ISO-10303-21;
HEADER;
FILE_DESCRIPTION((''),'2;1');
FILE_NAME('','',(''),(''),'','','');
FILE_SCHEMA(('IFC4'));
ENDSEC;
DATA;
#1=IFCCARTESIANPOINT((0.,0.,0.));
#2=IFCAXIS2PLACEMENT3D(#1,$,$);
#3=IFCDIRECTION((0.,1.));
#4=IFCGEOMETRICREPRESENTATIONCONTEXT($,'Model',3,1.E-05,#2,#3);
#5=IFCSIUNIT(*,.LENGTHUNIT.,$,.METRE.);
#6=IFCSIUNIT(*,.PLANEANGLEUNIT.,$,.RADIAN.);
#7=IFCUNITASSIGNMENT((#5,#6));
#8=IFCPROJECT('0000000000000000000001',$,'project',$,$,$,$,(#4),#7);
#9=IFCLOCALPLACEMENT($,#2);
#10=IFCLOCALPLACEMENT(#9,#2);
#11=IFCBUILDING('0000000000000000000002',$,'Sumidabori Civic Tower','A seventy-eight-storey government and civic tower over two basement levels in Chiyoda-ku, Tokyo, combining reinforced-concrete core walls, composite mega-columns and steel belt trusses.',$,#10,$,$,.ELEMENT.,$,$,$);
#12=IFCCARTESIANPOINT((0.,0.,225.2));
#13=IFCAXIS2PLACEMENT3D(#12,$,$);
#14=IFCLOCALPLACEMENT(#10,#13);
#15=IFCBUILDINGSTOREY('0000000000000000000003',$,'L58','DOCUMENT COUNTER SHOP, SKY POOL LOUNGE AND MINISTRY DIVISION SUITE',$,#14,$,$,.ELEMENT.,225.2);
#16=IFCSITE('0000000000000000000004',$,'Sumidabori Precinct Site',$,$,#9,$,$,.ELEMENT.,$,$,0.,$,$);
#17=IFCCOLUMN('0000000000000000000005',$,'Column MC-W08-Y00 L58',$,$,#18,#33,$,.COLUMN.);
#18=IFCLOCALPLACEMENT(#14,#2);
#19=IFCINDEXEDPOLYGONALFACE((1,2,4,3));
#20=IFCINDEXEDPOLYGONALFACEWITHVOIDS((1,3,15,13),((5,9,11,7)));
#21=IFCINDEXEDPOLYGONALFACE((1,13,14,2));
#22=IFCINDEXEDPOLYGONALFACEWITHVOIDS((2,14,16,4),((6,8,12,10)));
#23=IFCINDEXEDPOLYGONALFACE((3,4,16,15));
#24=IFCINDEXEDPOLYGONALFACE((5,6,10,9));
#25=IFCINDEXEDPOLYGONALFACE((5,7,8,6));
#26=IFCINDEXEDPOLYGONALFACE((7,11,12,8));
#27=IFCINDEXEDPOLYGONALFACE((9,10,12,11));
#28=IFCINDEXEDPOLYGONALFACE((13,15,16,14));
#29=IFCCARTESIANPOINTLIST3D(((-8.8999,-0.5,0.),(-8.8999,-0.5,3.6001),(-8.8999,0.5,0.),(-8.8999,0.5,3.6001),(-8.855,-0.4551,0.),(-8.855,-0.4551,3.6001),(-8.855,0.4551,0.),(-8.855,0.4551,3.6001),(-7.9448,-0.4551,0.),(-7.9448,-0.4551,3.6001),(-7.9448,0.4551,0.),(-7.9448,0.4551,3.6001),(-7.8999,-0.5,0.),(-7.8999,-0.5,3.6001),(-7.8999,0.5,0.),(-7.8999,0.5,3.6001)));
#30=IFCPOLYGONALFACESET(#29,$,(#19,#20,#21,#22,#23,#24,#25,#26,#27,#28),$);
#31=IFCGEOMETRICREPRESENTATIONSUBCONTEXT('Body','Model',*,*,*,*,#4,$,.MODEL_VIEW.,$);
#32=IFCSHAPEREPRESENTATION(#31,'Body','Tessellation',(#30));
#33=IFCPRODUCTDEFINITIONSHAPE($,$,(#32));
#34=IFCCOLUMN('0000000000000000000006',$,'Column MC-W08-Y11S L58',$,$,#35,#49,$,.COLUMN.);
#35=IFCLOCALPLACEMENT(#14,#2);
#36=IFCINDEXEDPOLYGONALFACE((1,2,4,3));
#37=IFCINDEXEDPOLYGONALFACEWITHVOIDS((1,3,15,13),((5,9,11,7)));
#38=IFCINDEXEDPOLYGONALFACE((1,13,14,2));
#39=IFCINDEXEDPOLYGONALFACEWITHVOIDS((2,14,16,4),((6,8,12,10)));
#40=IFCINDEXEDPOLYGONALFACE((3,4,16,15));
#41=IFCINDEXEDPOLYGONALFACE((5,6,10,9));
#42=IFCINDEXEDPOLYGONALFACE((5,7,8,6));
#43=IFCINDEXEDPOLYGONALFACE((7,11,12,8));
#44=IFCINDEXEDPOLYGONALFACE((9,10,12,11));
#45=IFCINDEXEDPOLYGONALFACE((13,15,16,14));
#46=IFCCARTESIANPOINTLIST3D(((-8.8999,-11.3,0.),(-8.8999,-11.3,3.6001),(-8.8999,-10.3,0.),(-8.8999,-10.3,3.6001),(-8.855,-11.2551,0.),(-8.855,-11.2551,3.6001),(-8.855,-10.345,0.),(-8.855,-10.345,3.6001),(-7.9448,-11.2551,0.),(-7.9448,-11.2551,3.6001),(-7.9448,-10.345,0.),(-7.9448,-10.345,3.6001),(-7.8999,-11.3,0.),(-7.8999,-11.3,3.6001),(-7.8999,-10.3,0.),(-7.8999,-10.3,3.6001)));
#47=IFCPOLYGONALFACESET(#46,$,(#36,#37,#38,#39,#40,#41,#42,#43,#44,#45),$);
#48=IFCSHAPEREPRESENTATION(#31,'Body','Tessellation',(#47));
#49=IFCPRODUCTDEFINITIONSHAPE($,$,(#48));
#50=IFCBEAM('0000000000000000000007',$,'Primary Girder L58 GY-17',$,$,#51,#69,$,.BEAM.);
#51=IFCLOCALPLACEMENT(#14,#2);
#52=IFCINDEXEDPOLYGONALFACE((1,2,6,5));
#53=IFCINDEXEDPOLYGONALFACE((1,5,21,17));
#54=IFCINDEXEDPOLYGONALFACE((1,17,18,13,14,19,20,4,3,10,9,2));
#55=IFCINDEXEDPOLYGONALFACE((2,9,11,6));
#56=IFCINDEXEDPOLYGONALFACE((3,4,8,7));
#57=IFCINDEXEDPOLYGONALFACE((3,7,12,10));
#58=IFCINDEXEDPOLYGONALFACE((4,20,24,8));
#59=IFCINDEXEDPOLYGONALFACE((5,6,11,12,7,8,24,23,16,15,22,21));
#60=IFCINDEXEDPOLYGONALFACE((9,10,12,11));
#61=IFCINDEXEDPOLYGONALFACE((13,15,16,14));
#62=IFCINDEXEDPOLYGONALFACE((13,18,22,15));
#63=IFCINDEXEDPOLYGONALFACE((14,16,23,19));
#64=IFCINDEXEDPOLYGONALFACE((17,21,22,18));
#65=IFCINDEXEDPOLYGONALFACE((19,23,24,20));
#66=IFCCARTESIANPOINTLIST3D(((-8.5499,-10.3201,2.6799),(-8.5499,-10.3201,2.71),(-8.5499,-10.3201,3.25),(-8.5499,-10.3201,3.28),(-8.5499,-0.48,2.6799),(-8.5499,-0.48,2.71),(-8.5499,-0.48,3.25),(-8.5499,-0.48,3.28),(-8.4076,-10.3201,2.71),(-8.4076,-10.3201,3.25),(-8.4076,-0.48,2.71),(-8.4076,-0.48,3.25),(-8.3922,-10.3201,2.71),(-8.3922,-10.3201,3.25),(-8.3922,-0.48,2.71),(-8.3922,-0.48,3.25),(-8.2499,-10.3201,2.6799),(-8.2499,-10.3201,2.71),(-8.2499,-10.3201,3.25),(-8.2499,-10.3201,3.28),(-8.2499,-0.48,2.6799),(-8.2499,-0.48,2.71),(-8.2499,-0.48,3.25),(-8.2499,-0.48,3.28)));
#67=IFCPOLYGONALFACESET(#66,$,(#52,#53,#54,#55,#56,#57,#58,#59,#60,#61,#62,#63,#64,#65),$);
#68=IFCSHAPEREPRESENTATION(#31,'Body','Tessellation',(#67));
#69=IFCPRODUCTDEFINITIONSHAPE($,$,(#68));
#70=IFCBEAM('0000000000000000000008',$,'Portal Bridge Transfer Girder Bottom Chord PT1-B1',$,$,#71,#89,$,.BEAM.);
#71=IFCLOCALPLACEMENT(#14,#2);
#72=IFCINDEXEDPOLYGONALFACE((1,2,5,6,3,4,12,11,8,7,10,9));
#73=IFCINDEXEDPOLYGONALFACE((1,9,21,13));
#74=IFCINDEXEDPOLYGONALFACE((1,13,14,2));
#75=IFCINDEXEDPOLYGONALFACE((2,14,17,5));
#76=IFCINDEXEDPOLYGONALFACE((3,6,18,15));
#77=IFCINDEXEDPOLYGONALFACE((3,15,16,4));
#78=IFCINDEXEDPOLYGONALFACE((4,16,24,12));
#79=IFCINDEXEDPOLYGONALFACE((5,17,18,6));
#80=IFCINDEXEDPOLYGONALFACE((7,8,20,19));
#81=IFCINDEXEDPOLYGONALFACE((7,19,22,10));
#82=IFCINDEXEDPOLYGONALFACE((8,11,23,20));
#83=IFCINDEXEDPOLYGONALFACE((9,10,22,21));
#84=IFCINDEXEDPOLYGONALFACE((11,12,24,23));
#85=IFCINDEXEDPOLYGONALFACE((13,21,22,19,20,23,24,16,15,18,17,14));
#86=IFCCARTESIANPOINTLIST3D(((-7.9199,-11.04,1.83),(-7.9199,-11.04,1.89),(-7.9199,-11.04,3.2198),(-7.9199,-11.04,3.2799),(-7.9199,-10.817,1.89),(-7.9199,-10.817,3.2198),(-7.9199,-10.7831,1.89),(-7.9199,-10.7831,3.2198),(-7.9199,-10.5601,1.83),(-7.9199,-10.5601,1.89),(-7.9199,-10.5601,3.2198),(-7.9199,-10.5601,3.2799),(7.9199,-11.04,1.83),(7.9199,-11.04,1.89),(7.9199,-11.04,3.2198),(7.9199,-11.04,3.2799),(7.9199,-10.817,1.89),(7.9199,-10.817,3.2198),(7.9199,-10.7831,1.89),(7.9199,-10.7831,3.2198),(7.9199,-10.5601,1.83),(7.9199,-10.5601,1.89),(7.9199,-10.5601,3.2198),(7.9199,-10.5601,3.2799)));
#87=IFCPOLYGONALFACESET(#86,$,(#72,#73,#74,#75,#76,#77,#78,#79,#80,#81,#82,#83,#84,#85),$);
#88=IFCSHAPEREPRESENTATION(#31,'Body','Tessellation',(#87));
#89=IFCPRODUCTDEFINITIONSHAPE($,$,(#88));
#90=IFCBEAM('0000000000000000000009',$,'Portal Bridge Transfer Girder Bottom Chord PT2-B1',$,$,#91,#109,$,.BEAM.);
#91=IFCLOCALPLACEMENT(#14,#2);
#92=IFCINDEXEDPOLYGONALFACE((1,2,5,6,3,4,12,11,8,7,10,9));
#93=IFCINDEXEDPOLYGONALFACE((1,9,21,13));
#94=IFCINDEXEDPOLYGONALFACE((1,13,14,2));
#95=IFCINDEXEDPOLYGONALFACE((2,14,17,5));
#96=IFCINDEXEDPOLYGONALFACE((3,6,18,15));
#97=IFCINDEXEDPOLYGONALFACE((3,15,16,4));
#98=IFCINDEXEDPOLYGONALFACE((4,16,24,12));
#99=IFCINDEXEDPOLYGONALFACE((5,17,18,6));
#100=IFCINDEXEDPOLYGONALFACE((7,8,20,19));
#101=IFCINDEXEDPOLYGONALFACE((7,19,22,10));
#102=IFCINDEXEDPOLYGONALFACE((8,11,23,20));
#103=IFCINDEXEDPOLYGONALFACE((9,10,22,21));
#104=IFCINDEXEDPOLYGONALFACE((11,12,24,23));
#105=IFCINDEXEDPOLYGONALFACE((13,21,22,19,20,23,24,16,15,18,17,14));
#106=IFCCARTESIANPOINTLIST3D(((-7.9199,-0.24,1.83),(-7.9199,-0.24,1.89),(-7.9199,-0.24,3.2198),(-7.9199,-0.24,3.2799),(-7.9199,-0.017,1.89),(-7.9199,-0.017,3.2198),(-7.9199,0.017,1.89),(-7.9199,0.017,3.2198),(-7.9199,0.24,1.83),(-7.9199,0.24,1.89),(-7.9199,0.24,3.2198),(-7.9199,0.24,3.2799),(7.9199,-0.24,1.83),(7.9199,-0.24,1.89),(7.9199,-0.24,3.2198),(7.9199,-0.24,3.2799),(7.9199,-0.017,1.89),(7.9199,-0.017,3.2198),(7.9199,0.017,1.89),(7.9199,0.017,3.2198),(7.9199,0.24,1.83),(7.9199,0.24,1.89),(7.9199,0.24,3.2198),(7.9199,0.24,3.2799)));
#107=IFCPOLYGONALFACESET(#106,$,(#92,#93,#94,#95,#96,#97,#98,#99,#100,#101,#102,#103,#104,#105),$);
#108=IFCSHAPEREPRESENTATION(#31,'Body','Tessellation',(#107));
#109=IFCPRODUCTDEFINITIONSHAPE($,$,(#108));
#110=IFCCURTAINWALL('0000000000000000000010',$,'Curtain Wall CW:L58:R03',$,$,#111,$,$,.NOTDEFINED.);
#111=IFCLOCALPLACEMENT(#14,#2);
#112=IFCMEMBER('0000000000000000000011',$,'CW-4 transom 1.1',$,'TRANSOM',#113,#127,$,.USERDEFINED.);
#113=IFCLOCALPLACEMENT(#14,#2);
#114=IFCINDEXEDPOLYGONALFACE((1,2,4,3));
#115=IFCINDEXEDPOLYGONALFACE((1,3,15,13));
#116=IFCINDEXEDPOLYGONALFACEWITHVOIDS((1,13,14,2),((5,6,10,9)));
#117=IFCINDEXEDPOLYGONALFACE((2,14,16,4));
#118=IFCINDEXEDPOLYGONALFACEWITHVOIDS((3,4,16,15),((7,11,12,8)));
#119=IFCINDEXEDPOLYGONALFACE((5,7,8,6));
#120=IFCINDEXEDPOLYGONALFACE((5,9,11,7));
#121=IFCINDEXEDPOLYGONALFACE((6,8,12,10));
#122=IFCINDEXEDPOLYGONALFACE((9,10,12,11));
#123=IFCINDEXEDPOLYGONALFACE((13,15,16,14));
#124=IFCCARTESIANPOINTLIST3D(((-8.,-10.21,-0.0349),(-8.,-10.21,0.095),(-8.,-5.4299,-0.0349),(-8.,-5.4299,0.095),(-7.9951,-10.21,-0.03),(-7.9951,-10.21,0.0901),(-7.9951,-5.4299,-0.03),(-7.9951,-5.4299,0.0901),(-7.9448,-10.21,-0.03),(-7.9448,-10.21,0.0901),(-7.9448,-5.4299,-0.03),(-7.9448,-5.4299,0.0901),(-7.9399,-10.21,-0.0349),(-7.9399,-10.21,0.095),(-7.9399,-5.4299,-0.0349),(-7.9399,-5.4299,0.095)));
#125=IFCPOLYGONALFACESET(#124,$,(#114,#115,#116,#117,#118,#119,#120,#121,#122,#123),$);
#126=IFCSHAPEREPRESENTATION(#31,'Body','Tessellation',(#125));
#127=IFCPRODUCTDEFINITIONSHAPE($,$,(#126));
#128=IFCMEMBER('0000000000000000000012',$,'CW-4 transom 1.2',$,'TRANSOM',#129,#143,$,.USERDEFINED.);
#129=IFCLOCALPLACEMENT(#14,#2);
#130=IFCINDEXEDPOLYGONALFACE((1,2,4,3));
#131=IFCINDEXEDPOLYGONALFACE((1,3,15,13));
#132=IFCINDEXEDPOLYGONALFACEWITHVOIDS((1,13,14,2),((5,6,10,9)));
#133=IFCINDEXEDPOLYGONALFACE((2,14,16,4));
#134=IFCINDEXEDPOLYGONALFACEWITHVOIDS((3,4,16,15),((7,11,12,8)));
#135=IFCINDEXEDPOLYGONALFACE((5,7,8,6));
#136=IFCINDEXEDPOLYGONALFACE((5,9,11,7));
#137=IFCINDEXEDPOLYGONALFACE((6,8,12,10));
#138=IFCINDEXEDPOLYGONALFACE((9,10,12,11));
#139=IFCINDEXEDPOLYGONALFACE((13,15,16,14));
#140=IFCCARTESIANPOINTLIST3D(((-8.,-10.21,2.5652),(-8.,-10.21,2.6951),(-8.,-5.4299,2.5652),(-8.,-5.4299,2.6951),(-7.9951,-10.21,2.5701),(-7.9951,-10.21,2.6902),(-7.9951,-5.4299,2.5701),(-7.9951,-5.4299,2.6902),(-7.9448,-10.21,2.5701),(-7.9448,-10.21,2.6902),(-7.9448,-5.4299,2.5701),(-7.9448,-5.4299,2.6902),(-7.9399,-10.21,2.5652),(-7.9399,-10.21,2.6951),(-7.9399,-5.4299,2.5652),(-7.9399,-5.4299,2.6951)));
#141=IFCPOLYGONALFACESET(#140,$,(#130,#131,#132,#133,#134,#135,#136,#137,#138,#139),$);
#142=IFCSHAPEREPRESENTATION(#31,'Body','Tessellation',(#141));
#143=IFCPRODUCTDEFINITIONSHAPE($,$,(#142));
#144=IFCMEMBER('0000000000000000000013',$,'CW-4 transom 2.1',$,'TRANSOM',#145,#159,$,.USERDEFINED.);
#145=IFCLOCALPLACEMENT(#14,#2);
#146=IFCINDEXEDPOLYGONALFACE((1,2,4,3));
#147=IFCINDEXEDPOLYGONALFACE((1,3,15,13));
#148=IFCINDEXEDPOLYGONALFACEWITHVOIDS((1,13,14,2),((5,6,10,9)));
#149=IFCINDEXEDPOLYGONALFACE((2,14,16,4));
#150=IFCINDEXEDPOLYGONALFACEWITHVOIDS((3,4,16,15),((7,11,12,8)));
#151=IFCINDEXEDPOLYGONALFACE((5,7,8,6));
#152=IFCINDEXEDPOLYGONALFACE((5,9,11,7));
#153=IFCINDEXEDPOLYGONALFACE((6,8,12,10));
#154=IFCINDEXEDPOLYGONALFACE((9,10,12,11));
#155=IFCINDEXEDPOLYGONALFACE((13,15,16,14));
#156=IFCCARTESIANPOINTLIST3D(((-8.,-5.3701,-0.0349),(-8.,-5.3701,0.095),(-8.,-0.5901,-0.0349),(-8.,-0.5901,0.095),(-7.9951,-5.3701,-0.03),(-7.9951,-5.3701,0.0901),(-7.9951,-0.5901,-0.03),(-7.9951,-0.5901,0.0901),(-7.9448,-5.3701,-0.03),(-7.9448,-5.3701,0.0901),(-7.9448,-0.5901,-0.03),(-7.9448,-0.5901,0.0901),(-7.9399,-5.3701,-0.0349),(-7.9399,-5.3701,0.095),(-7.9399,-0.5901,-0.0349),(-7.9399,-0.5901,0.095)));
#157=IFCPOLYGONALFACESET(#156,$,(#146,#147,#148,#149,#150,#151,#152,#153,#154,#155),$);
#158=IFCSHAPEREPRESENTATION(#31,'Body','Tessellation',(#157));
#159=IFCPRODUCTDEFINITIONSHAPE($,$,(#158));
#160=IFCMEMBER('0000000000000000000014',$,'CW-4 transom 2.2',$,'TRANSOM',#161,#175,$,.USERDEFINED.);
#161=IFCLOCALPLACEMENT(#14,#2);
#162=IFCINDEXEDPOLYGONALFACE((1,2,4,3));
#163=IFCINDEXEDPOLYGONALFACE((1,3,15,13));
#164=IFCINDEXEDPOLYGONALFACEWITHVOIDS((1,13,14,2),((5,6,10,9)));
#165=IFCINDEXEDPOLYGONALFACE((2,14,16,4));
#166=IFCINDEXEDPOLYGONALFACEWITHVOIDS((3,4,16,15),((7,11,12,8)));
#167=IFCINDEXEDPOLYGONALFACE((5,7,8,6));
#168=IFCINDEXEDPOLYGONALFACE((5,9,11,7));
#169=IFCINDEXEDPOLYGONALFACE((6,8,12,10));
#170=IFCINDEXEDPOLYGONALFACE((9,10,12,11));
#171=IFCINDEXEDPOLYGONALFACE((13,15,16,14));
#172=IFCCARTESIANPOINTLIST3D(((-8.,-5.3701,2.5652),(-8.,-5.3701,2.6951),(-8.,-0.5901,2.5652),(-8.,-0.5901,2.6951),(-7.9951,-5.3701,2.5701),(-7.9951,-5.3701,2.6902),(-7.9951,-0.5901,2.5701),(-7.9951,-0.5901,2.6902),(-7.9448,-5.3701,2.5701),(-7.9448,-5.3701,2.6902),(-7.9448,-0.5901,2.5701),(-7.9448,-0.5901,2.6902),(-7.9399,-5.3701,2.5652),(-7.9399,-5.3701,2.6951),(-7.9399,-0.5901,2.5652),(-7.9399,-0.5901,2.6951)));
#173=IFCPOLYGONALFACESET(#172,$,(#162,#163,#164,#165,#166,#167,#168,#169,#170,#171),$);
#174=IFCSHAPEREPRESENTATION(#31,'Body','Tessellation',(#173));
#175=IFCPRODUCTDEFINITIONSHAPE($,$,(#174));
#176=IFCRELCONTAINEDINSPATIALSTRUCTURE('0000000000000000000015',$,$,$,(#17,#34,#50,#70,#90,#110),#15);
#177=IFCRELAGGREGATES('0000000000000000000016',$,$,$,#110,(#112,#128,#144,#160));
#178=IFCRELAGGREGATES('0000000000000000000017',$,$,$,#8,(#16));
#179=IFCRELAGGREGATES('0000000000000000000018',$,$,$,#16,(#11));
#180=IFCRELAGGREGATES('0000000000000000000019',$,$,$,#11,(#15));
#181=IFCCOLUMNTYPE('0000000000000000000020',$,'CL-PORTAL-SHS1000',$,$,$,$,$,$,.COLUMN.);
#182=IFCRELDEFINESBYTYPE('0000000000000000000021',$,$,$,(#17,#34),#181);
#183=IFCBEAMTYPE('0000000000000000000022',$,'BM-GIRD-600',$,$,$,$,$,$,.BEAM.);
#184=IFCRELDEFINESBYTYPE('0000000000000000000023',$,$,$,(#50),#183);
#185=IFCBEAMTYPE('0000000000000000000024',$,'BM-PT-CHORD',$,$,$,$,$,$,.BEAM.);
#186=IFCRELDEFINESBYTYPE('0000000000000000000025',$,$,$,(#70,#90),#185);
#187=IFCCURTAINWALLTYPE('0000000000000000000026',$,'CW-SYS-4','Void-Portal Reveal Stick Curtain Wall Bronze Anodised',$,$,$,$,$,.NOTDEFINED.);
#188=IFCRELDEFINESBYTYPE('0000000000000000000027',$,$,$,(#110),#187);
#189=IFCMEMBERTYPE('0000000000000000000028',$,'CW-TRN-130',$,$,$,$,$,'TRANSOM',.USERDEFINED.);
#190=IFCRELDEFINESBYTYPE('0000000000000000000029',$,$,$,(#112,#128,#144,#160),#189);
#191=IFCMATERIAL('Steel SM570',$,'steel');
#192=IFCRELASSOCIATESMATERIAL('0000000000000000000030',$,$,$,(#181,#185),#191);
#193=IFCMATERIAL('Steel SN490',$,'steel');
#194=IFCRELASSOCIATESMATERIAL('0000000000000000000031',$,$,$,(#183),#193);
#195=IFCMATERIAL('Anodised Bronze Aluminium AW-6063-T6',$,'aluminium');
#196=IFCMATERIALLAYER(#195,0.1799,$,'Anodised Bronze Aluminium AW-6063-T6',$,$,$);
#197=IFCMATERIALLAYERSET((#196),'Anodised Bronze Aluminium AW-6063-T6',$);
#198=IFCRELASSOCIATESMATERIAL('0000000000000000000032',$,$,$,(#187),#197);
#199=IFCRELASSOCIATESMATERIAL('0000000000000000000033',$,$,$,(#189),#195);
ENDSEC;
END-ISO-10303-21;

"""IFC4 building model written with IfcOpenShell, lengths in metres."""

from ifc_helpers import new_model, si_unit, direction, frame, origin, origin_2d, place, context, subcontext, project, spatial, hollow_rectangle, i_section, extrude, source, transform, mapped, material, layer, layer_set, material_profile, profile_set, type_object, element, aggregate, save


model = new_model("IFC4")

# Units and contexts
model_context = context("Model", 3, precision=1e-05, world=origin(), true_north=direction((0.0, 1.0)))
body_context = subcontext(model_context, "Body", "Model", "MODEL_VIEW")
ifc_project = project(units=[si_unit("LENGTHUNIT", "METRE"), si_unit("PLANEANGLEUNIT", "RADIAN")], contexts=[model_context])

# Site, building, storey
site_placement = place(None, origin())
site = spatial("IfcSite", under=ifc_project, at=site_placement, Name="Sumidabori Precinct Site", CompositionType="ELEMENT", RefElevation=0.0)
building_placement = place(site_placement, origin())
building = spatial("IfcBuilding", under=site, at=building_placement, Name="Sumidabori Civic Tower", Description="A seventy-eight-storey government and civic tower over two basement levels in Chiyoda-ku, Tokyo, combining reinforced-concrete core walls, composite mega-columns and steel belt trusses.", CompositionType="ELEMENT")
storey_placement = place(building_placement, frame((0.0, 0.0, 225.2)))
storey = spatial("IfcBuildingStorey", under=building, at=storey_placement, Name="L58", Description="DOCUMENT COUNTER SHOP, SKY POOL LOUNGE AND MINISTRY DIVISION SUITE", CompositionType="ELEMENT", Elevation=225.2)

# Columns
ifc_material_1 = material(Name="Steel SM570", Category="steel")
ifc_material_profile_1 = material_profile(ifc_material_1, hollow_rectangle(XDim=1.0, YDim=1.0, WallThickness=0.0449, at=origin_2d()), Name="SHS 1000x1000x45")
ifc_profile_set_1 = profile_set([ifc_material_profile_1], Name="Steel SM570")
column_type = type_object("IfcColumnType", Name="CL-PORTAL-SHS1000", PredefinedType="COLUMN", material=ifc_profile_set_1)
shared_shape_1 = source(origin(), body_context, "Body", "SweptSolid", [
    extrude(hollow_rectangle(XDim=1.0, YDim=1.0, WallThickness=0.0449, at=origin_2d()), origin(), (0.0, 0.0, 1.0), 3.6001),
])
for number, where, z_axis, x_axis, name in (
    (1, (-8.3999, 0.0, 0.0), (0.0, 0.0, 1.0), (1.0, 0.0, 0.0), "Column MC-W08-Y00 L58"),
    (2, (-8.3999, -10.8, 0.0), (0.0, 0.0, 1.0), (1.0, 0.0, 0.0), "Column MC-W08-Y11S L58"),
):
    element("IfcColumn", number, at=place(storey_placement, frame(where, z_axis=z_axis, x_axis=x_axis)), inside=storey, type_object=column_type, Name=name, PredefinedType="COLUMN", context=body_context, shape_type="MappedRepresentation", body=[
        mapped(shared_shape_1, transform((0.0, 0.0, 0.0), x_axis=(1.0, 0.0, 0.0), y_axis=(0.0, 1.0, 0.0), z_axis=(0.0, 0.0, 1.0), scale=1.0)),
    ])

# Beams
ifc_material_2 = material(Name="Steel SN490", Category="steel")
ifc_material_profile_2 = material_profile(ifc_material_2, i_section(OverallWidth=0.3, OverallDepth=0.6001, WebThickness=0.0154, FlangeThickness=0.03, at=origin_2d()), Name="HE 600 B")
ifc_profile_set_2 = profile_set([ifc_material_profile_2], Name="Steel SN490")
beam_type_1 = type_object("IfcBeamType", Name="BM-GIRD-600", PredefinedType="BEAM", material=ifc_profile_set_2)
shared_shape_2 = source(origin(), body_context, "Body", "SweptSolid", [
    extrude(i_section(OverallWidth=0.3, OverallDepth=0.6001, WebThickness=0.0154, FlangeThickness=0.03, at=origin_2d()), origin(), (0.0, 0.0, 1.0), 9.8401),
])
beam_placement = place(storey_placement, frame((-8.3999, -10.3201, 2.98), z_axis=(0.0, 1.0, 0.0), x_axis=(-1.0, 0.0, 0.0)))
element("IfcBeam", 3, at=beam_placement, inside=storey, type_object=beam_type_1, Name="Primary Girder L58 GY-17", PredefinedType="BEAM", context=body_context, shape_type="MappedRepresentation", body=[
    mapped(shared_shape_2, transform((0.0, 0.0, 0.0), x_axis=(1.0, 0.0, 0.0), y_axis=(0.0, 1.0, 0.0), z_axis=(0.0, 0.0, 1.0), scale=1.0)),
])
ifc_material_profile_3 = material_profile(ifc_material_1, i_section(OverallWidth=0.48, OverallDepth=1.45, WebThickness=0.0339, FlangeThickness=0.0601, at=origin_2d()), Name="WTG 1450x480")
ifc_profile_set_3 = profile_set([ifc_material_profile_3], Name="Steel SM570")
beam_type_2 = type_object("IfcBeamType", Name="BM-PT-CHORD", PredefinedType="BEAM", material=ifc_profile_set_3)
shared_shape_3 = source(origin(), body_context, "Body", "SweptSolid", [
    extrude(i_section(OverallWidth=0.48, OverallDepth=1.45, WebThickness=0.0339, FlangeThickness=0.0601, at=origin_2d()), origin(), (0.0, 0.0, 1.0), 15.8398),
])
for number, where, z_axis, x_axis, name in (
    (4, (-7.9199, -10.8, 2.5549), (1.0, 0.0, 0.0), (0.0, 1.0, 0.0), "Portal Bridge Transfer Girder Bottom Chord PT1-B1"),
    (5, (-7.9199, 0.0, 2.5549), (1.0, 0.0, 0.0), (0.0, 1.0, 0.0), "Portal Bridge Transfer Girder Bottom Chord PT2-B1"),
):
    element("IfcBeam", number, at=place(storey_placement, frame(where, z_axis=z_axis, x_axis=x_axis)), inside=storey, type_object=beam_type_2, Name=name, PredefinedType="BEAM", context=body_context, shape_type="MappedRepresentation", body=[
        mapped(shared_shape_3, transform((0.0, 0.0, 0.0), x_axis=(1.0, 0.0, 0.0), y_axis=(0.0, 1.0, 0.0), z_axis=(0.0, 0.0, 1.0), scale=1.0)),
    ])

# Curtain wall, members
ifc_material_3 = material(Name="Anodised Bronze Aluminium AW-6063-T6", Category="aluminium")
ifc_layer_1 = layer(ifc_material_3, 0.1799, Name="Anodised Bronze Aluminium AW-6063-T6")
ifc_layer_set_1 = layer_set([ifc_layer_1], Name="Anodised Bronze Aluminium AW-6063-T6")
curtain_wall_type_1 = type_object("IfcCurtainWallType", Name="CW-SYS-4", Description="Void-Portal Reveal Stick Curtain Wall Bronze Anodised", PredefinedType="NOTDEFINED", material=ifc_layer_set_1)
curtain_wall_1_placement = place(storey_placement, origin())
curtain_wall_1 = element("IfcCurtainWall", 6, at=curtain_wall_1_placement, inside=storey, type_object=curtain_wall_type_1, Name="Curtain Wall CW:L58:R03", PredefinedType="NOTDEFINED")
ifc_material_profile_4 = material_profile(ifc_material_3, hollow_rectangle(XDim=0.0601, YDim=0.1299, WallThickness=0.0049, at=origin_2d()), Name="ALU TRANSOM 130x60")
ifc_profile_set_4 = profile_set([ifc_material_profile_4], Name="Anodised Bronze Aluminium AW-6063-T6")
member_type_1 = type_object("IfcMemberType", Name="CW-TRN-130", ElementType="TRANSOM", PredefinedType="USERDEFINED", material=ifc_profile_set_4)
shared_shape_4 = source(origin(), body_context, "Body", "SweptSolid", [
    extrude(hollow_rectangle(XDim=0.0601, YDim=0.1299, WallThickness=0.0049, at=origin_2d()), origin(), (0.0, 0.0, 1.0), 4.78),
])
member_1_placement = place(storey_placement, frame((-7.97, -10.21, 0.03), z_axis=(0.0, 1.0, 0.0), x_axis=(-1.0, 0.0, 0.0)))
member_1 = element("IfcMember", 7, at=member_1_placement, type_object=member_type_1, Name="CW-4 transom 1.1", ObjectType="TRANSOM", PredefinedType="USERDEFINED", context=body_context, shape_type="MappedRepresentation", body=[
    mapped(shared_shape_4, transform((0.0, 0.0, 0.0), x_axis=(1.0, 0.0, 0.0), y_axis=(0.0, 1.0, 0.0), z_axis=(0.0, 0.0, 1.0), scale=1.0)),
])
member_2_placement = place(storey_placement, frame((-7.97, -10.21, 2.6301), z_axis=(0.0, 1.0, 0.0), x_axis=(-1.0, 0.0, 0.0)))
member_2 = element("IfcMember", 8, at=member_2_placement, type_object=member_type_1, Name="CW-4 transom 1.2", ObjectType="TRANSOM", PredefinedType="USERDEFINED", context=body_context, shape_type="MappedRepresentation", body=[
    mapped(shared_shape_4, transform((0.0, 0.0, 0.0), x_axis=(1.0, 0.0, 0.0), y_axis=(0.0, 1.0, 0.0), z_axis=(0.0, 0.0, 1.0), scale=1.0)),
])
member_3_placement = place(storey_placement, frame((-7.97, -5.3701, 0.03), z_axis=(0.0, 1.0, 0.0), x_axis=(-1.0, 0.0, 0.0)))
member_3 = element("IfcMember", 9, at=member_3_placement, type_object=member_type_1, Name="CW-4 transom 2.1", ObjectType="TRANSOM", PredefinedType="USERDEFINED", context=body_context, shape_type="MappedRepresentation", body=[
    mapped(shared_shape_4, transform((0.0, 0.0, 0.0), x_axis=(1.0, 0.0, 0.0), y_axis=(0.0, 1.0, 0.0), z_axis=(0.0, 0.0, 1.0), scale=1.0)),
])
member_4_placement = place(storey_placement, frame((-7.97, -5.3701, 2.6301), z_axis=(0.0, 1.0, 0.0), x_axis=(-1.0, 0.0, 0.0)))
member_4 = element("IfcMember", 10, at=member_4_placement, type_object=member_type_1, Name="CW-4 transom 2.2", ObjectType="TRANSOM", PredefinedType="USERDEFINED", context=body_context, shape_type="MappedRepresentation", body=[
    mapped(shared_shape_4, transform((0.0, 0.0, 0.0), x_axis=(1.0, 0.0, 0.0), y_axis=(0.0, 1.0, 0.0), z_axis=(0.0, 0.0, 1.0), scale=1.0)),
])

aggregate(curtain_wall_1, [member_1, member_2, member_3, member_4])

save(model, "model.ifc")
